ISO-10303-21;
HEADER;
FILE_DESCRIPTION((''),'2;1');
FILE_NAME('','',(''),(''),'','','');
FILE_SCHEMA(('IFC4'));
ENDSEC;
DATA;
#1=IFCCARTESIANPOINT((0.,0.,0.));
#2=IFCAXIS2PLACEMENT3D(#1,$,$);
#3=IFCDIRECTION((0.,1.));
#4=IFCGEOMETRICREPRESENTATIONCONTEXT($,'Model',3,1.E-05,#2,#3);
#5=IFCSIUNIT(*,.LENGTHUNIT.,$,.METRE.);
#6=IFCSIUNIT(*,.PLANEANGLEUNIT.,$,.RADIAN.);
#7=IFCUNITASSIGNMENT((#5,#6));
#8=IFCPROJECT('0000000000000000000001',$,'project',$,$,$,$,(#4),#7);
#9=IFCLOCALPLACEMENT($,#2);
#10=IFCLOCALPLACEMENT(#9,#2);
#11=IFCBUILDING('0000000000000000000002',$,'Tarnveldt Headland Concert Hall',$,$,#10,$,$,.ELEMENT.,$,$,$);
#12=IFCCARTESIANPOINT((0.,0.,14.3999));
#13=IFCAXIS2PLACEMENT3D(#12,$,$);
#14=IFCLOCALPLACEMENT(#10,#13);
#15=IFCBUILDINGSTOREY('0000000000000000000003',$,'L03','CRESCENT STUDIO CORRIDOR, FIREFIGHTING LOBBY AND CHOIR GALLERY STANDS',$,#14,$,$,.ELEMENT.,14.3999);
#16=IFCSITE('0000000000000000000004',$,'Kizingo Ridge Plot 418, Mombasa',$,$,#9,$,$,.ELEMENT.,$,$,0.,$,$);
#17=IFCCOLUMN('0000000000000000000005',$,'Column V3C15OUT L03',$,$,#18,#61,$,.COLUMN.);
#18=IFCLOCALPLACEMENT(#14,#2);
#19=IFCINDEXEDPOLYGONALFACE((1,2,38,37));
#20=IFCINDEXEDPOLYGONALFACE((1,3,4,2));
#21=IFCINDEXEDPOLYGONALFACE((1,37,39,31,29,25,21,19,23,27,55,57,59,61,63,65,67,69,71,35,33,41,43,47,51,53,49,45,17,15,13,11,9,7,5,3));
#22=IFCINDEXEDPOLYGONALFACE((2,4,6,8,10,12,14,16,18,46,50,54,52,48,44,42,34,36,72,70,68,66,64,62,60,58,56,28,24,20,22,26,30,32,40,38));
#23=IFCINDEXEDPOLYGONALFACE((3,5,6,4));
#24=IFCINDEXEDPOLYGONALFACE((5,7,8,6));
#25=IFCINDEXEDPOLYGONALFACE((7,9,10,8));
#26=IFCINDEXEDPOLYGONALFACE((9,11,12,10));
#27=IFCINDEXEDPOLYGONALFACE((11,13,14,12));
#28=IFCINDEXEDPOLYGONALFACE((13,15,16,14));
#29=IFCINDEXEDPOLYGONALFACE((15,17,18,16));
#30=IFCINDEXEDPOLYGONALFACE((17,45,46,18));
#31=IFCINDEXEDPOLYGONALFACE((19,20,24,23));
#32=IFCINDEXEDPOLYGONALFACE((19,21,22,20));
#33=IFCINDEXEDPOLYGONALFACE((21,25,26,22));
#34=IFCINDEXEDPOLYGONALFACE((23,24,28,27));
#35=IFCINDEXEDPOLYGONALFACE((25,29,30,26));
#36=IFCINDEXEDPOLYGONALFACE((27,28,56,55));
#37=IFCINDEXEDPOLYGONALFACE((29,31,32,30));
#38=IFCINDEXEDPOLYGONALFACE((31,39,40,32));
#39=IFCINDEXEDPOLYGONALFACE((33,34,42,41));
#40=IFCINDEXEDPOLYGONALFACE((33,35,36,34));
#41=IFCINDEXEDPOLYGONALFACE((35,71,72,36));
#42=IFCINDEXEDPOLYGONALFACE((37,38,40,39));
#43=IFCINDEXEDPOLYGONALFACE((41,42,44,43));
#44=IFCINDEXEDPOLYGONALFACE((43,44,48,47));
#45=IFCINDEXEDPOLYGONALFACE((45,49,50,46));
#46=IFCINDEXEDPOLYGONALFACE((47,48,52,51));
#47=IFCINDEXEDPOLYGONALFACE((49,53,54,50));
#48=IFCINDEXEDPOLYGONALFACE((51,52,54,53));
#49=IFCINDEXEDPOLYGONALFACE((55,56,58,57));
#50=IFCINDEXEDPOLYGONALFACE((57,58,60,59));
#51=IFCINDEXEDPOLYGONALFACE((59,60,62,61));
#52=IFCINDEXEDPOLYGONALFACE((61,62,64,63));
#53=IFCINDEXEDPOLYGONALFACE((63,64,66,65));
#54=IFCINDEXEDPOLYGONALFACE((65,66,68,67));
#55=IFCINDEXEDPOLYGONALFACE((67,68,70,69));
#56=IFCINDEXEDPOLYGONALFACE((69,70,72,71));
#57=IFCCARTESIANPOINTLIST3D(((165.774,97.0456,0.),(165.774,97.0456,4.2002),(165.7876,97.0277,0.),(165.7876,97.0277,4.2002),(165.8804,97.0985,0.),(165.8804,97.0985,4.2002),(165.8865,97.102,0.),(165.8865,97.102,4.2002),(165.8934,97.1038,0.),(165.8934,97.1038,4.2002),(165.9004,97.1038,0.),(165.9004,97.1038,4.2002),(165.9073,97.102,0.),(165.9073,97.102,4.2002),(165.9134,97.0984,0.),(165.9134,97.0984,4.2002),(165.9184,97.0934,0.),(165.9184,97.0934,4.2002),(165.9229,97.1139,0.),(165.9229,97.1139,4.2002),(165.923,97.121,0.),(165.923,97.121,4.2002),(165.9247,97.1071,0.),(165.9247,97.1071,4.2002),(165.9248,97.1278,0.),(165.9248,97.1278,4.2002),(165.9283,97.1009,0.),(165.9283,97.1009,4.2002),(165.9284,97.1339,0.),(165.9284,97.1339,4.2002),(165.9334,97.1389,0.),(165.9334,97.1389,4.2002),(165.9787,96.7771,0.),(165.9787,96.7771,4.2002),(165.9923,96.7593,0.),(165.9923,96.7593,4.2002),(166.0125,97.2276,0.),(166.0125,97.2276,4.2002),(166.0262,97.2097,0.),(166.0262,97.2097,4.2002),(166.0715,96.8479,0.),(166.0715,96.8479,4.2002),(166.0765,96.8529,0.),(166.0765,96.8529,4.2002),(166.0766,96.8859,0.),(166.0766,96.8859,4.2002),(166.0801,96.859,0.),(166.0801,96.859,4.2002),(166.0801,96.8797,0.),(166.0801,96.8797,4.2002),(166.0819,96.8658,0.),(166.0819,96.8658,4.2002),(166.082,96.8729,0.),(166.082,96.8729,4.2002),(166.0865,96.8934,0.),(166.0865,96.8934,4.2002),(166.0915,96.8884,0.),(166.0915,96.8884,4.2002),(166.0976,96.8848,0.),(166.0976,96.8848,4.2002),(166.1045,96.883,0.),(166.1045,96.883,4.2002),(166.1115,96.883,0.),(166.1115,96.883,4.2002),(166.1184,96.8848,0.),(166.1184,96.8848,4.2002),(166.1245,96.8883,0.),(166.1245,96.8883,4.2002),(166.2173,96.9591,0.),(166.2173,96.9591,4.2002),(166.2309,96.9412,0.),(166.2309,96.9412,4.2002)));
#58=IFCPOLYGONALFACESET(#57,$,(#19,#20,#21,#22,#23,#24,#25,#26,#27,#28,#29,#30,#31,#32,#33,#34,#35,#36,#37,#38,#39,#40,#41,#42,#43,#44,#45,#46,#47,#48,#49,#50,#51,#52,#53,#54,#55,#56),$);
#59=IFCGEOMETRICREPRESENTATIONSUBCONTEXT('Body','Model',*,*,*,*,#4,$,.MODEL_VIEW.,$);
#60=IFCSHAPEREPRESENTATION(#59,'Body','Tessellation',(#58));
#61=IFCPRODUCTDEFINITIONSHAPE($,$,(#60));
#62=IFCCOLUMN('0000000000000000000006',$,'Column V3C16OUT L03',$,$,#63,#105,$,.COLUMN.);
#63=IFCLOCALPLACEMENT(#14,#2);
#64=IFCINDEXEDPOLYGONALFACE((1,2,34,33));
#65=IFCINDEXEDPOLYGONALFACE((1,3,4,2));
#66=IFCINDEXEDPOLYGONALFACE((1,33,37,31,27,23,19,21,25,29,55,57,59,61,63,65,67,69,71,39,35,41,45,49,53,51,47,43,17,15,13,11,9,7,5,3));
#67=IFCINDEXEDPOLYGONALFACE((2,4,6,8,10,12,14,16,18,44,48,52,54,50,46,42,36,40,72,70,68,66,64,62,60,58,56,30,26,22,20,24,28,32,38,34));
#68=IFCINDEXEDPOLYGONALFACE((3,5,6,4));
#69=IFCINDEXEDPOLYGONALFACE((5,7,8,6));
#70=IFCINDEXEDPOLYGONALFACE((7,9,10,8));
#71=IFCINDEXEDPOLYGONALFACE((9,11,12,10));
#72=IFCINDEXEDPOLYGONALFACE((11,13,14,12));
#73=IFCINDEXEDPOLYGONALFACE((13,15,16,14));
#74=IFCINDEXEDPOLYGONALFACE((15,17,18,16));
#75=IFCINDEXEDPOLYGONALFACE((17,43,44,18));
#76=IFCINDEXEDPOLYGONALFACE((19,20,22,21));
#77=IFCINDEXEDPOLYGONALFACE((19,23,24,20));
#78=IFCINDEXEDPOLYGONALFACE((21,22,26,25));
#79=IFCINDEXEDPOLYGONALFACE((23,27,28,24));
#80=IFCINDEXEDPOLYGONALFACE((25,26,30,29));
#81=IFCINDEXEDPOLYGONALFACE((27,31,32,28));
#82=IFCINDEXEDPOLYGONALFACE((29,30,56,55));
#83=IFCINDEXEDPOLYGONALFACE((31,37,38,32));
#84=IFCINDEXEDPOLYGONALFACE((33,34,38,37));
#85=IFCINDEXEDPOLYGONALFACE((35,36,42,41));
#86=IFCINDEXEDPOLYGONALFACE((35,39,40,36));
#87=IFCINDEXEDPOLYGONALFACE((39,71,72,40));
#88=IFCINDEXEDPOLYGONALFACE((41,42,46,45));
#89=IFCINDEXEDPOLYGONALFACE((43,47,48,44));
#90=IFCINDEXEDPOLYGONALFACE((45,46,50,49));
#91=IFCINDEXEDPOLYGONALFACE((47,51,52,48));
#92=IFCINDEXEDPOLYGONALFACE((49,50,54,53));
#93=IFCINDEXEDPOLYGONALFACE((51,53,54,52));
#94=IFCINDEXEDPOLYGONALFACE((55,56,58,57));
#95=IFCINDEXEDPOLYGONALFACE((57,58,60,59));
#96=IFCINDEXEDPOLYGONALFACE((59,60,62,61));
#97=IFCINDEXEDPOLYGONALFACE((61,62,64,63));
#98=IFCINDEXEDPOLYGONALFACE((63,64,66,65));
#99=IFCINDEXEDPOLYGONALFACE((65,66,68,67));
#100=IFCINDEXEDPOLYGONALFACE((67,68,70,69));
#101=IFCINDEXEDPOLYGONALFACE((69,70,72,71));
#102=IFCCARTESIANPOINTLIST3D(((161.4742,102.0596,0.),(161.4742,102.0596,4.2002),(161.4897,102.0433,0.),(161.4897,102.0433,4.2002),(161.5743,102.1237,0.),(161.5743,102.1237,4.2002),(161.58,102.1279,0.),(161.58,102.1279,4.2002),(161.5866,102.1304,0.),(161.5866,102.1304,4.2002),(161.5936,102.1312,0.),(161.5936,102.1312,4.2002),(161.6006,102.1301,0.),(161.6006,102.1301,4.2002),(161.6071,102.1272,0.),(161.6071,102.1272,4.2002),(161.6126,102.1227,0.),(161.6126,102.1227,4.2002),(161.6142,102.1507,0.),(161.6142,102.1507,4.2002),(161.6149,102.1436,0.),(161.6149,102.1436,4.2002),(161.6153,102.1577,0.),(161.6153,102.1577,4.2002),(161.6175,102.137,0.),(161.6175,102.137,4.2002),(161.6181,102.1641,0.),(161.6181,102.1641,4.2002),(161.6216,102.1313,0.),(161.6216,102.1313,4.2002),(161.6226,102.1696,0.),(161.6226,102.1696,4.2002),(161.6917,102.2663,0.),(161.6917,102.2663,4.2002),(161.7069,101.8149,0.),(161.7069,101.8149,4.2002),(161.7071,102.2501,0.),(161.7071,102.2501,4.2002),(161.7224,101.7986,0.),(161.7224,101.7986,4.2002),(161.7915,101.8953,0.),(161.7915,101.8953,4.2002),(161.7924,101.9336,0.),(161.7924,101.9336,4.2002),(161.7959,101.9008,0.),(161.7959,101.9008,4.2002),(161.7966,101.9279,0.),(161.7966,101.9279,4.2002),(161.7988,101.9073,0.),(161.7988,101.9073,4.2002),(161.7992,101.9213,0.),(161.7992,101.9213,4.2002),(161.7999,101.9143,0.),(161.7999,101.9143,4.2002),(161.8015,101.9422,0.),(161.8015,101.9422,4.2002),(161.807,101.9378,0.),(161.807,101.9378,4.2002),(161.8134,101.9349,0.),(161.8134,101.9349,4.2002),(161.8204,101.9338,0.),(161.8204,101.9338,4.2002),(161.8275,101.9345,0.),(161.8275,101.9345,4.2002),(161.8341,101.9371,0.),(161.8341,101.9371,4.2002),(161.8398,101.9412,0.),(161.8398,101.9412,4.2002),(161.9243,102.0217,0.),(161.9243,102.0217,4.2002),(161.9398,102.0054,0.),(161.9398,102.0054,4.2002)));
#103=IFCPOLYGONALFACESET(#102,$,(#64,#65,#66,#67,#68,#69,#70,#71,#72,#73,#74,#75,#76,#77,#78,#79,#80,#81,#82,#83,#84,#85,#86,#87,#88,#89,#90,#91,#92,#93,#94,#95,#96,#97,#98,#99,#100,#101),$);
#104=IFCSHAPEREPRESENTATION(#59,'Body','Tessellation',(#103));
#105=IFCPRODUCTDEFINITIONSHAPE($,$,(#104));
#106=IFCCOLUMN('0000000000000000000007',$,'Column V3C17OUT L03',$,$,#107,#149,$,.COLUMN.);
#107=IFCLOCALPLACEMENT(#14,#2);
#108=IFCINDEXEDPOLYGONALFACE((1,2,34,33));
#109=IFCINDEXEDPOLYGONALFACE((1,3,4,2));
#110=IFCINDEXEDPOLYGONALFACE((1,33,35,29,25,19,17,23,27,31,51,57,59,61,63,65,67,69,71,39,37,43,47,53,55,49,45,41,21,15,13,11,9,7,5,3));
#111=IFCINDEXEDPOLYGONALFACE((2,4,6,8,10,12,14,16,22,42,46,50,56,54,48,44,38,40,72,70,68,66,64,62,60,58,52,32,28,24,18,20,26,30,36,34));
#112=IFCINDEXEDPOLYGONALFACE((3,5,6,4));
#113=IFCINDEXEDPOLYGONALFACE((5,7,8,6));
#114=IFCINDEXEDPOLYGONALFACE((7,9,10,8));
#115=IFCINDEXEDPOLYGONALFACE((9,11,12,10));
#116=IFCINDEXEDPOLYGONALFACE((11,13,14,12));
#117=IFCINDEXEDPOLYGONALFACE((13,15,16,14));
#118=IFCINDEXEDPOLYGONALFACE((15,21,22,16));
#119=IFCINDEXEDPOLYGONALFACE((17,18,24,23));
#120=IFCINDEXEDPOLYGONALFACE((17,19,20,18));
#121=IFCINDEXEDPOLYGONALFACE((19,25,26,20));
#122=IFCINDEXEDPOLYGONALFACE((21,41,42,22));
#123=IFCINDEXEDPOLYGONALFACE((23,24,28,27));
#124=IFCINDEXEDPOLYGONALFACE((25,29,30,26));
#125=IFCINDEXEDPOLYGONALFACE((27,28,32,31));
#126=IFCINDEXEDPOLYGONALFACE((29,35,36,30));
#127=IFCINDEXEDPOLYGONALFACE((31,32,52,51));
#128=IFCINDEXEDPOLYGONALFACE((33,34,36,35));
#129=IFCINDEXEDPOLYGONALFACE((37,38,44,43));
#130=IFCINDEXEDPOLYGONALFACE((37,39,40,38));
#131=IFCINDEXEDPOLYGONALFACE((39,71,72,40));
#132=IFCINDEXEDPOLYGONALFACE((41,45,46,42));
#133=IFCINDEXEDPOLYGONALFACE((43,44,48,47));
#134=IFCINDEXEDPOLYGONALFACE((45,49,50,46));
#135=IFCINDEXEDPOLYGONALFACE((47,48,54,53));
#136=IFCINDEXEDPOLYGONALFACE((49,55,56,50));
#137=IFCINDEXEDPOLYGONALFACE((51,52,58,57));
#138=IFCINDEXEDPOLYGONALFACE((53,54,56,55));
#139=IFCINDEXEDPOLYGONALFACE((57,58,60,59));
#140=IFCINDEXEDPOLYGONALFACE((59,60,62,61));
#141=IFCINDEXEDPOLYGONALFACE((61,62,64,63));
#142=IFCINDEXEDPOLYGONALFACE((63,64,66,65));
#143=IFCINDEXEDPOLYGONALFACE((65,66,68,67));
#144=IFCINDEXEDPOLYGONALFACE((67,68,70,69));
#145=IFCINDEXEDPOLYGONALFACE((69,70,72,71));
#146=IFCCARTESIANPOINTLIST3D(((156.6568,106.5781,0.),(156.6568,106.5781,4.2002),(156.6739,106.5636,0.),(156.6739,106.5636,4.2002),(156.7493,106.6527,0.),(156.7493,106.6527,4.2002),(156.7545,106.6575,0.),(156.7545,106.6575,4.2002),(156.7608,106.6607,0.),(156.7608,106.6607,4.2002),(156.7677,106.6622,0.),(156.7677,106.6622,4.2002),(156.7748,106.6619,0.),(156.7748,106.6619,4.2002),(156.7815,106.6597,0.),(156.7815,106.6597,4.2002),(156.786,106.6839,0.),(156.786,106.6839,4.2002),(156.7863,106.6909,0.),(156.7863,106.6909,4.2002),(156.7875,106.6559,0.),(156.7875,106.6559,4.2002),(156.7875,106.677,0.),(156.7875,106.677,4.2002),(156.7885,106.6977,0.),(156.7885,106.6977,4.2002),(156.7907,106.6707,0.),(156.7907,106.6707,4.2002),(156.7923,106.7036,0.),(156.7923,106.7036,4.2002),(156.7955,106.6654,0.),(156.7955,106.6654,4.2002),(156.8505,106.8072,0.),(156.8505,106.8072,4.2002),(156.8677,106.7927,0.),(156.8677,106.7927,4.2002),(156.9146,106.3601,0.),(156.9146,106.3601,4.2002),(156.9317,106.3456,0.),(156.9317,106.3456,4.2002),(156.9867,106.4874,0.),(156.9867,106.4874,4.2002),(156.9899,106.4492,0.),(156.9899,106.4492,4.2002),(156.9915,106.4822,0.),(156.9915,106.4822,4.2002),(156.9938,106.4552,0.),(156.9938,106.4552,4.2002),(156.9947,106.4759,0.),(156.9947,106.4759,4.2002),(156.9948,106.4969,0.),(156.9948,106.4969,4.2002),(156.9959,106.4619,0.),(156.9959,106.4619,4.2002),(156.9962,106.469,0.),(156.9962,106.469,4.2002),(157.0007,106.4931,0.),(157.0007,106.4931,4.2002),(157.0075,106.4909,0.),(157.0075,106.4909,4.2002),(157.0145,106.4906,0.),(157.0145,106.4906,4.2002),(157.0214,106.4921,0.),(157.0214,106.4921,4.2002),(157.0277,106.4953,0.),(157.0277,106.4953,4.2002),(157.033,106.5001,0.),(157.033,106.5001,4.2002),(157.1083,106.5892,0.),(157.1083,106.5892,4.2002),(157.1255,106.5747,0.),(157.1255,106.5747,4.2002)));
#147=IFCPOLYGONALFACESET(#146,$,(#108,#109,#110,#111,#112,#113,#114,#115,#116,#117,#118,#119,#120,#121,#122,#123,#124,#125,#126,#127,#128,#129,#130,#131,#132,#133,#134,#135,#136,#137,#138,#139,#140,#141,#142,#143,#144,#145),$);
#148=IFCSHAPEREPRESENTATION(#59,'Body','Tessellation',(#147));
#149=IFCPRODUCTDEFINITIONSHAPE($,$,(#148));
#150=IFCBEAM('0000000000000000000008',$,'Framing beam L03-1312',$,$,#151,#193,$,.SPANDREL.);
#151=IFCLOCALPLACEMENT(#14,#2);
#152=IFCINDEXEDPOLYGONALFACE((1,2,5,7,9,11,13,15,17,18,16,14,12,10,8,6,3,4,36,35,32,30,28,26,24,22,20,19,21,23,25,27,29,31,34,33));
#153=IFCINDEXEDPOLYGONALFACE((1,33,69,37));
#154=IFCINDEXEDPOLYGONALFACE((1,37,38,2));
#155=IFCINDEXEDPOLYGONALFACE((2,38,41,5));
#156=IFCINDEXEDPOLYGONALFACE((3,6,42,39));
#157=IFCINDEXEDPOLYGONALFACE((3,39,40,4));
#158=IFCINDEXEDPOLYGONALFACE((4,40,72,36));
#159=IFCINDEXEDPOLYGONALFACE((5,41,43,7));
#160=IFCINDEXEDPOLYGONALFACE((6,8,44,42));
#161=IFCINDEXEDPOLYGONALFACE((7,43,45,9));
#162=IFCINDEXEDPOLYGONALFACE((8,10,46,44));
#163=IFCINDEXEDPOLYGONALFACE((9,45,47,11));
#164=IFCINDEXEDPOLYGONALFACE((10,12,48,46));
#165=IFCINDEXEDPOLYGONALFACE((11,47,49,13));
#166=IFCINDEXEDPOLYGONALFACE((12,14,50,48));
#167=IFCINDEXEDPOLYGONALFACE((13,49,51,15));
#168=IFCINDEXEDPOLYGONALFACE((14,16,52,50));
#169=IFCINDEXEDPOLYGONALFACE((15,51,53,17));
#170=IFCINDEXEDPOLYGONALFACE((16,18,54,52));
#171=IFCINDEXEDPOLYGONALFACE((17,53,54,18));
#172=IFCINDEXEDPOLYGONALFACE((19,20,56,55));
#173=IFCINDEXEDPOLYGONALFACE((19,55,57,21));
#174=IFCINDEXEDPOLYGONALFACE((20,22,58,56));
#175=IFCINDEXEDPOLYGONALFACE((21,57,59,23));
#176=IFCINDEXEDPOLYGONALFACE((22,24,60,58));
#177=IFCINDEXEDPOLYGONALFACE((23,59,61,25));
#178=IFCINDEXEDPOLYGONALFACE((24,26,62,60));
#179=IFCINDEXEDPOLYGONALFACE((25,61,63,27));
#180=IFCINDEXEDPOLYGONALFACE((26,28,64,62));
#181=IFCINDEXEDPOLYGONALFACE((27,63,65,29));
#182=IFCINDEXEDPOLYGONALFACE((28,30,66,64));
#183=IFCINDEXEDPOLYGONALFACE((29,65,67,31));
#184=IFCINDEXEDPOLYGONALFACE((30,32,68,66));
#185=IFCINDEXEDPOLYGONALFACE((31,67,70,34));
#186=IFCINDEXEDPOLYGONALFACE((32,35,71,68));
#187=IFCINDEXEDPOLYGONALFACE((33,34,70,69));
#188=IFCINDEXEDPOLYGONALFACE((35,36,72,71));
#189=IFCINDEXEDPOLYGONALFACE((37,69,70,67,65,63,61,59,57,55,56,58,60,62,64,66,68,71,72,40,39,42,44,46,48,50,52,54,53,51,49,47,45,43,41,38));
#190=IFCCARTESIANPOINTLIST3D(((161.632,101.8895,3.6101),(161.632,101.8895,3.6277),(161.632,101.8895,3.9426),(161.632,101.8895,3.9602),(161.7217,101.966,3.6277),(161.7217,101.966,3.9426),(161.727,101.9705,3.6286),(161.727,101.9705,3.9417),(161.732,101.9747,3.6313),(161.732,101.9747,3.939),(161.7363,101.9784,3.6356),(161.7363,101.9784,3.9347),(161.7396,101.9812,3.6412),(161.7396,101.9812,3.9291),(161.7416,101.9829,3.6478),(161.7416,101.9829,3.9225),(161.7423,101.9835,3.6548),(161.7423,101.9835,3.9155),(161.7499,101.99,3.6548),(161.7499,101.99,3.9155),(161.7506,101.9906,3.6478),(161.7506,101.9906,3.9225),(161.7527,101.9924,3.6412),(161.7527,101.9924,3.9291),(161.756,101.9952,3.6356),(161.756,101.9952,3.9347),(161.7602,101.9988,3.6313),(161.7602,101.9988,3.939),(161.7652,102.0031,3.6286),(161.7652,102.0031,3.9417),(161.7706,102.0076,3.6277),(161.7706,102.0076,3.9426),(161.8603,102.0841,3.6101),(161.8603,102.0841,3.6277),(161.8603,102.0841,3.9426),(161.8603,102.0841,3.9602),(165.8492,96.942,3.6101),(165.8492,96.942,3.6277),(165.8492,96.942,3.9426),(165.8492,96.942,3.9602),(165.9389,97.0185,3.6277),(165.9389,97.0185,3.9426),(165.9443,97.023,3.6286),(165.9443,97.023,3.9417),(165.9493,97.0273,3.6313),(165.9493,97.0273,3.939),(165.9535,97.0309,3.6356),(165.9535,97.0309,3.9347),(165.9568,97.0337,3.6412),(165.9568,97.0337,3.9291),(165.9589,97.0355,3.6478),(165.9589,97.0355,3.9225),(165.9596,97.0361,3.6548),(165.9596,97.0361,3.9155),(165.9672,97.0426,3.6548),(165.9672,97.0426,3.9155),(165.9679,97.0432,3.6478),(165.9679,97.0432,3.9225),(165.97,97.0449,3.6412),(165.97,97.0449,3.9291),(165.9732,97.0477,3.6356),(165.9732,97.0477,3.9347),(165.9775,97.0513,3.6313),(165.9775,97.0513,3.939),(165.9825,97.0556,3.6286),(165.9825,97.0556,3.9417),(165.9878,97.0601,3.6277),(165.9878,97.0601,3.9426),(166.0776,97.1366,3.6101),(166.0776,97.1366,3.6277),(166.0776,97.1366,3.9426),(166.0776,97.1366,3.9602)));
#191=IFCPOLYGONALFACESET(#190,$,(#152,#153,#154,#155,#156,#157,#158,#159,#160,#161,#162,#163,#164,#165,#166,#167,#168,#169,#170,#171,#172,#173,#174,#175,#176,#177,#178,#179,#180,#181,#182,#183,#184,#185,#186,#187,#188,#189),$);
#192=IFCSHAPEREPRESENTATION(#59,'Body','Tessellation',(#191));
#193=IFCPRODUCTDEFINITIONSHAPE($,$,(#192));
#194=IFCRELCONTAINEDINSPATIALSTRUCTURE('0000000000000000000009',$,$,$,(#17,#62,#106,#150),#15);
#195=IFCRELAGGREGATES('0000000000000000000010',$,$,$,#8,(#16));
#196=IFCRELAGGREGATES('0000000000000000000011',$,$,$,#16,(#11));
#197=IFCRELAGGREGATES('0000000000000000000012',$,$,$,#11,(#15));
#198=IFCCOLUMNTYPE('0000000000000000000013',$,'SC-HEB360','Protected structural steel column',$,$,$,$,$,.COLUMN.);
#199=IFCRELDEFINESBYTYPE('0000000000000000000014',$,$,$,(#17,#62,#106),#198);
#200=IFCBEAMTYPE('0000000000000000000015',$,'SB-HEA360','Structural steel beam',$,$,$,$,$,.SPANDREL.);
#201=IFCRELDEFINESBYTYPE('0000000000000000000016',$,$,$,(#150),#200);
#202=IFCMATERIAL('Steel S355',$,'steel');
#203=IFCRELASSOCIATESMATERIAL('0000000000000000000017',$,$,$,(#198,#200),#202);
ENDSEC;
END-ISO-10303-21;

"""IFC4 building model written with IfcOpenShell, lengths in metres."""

from ifc_helpers import new_model, si_unit, direction, frame, origin, origin_2d, place, context, subcontext, project, spatial, i_section, extrude, material, material_profile, profile_set, type_object, element, save


model = new_model("IFC4")

# Units and contexts
model_context = context("Model", 3, precision=1e-05, world=origin(), true_north=direction((0.0, 1.0)))
body_context = subcontext(model_context, "Body", "Model", "MODEL_VIEW")
ifc_project = project(units=[si_unit("LENGTHUNIT", "METRE"), si_unit("PLANEANGLEUNIT", "RADIAN")], contexts=[model_context])

# Site, building, storey
site_placement = place(None, origin())
site = spatial("IfcSite", under=ifc_project, at=site_placement, Name="Kizingo Ridge Plot 418, Mombasa", CompositionType="ELEMENT", RefElevation=0.0)
building_placement = place(site_placement, origin())
building = spatial("IfcBuilding", under=site, at=building_placement, Name="Tarnveldt Headland Concert Hall", CompositionType="ELEMENT")
storey_placement = place(building_placement, frame((0.0, 0.0, 14.3999)))
storey = spatial("IfcBuildingStorey", under=building, at=storey_placement, Name="L03", Description="CRESCENT STUDIO CORRIDOR, FIREFIGHTING LOBBY AND CHOIR GALLERY STANDS", CompositionType="ELEMENT", Elevation=14.3999)

# Columns
ifc_material_1 = material(Name="Steel S355", Category="steel")
ifc_material_profile_1 = material_profile(ifc_material_1, i_section(OverallWidth=0.3, OverallDepth=0.3601, WebThickness=0.0125, FlangeThickness=0.0225, FilletRadius=0.0271, at=origin_2d()), Name="HEB360", Category="steel")
ifc_profile_set_1 = profile_set([ifc_material_profile_1], Name="Steel S355")
column_type = type_object("IfcColumnType", Name="SC-HEB360", Description="Protected structural steel column", PredefinedType="COLUMN", material=ifc_profile_set_1)
for number, where, z_axis, x_axis, name in (
    (1, (166.0024, 96.9934, 0.0), (0.0, 0.0, 1.0), (0.795156, 0.606405, 0.0), "Column V3C15OUT L03"),
    (2, (161.707, 102.0325, 0.0), (0.0, 0.0, 1.0), (0.724653, 0.689114, 0.0), "Column V3C16OUT L03"),
    (3, (156.8911, 106.5764, 0.0), (0.0, 0.0, 1.0), (0.645724, 0.763571, 0.0), "Column V3C17OUT L03"),
):
    element("IfcColumn", number, at=place(storey_placement, frame(where, z_axis=z_axis, x_axis=x_axis)), inside=storey, type_object=column_type, Name=name, PredefinedType="COLUMN", context=body_context, shape_type="SweptSolid", body=[
        extrude(i_section(OverallWidth=0.3, OverallDepth=0.3601, WebThickness=0.0125, FlangeThickness=0.0225, FilletRadius=0.0271, at=origin_2d()), origin(), (0.0, 0.0, 1.0), 4.2002),
    ])

# Beam
ifc_material_profile_2 = material_profile(ifc_material_1, i_section(OverallWidth=0.3, OverallDepth=0.3501, WebThickness=0.01, FlangeThickness=0.0176, FilletRadius=0.0271, at=origin_2d()), Name="HEA360", Category="steel")
ifc_profile_set_2 = profile_set([ifc_material_profile_2], Name="Steel S355")
beam_type_1 = type_object("IfcBeamType", Name="SB-HEA360", Description="Structural steel beam", PredefinedType="SPANDREL", material=ifc_profile_set_2)
beam_1_placement = place(storey_placement, frame((165.9634, 97.0393, 3.7852), z_axis=(-0.648711, 0.761035, 0.0), x_axis=(-0.761035, -0.648711, 0.0)))
element("IfcBeam", 4, at=beam_1_placement, inside=storey, type_object=beam_type_1, Name="Framing beam L03-1312", PredefinedType="SPANDREL", context=body_context, shape_type="SweptSolid", body=[
    extrude(i_section(OverallWidth=0.3, OverallDepth=0.3501, WebThickness=0.01, FlangeThickness=0.0176, FilletRadius=0.0271, at=origin_2d()), origin(), (0.0, 0.0, 1.0), 6.501),
])

save(model, "model.ifc")
